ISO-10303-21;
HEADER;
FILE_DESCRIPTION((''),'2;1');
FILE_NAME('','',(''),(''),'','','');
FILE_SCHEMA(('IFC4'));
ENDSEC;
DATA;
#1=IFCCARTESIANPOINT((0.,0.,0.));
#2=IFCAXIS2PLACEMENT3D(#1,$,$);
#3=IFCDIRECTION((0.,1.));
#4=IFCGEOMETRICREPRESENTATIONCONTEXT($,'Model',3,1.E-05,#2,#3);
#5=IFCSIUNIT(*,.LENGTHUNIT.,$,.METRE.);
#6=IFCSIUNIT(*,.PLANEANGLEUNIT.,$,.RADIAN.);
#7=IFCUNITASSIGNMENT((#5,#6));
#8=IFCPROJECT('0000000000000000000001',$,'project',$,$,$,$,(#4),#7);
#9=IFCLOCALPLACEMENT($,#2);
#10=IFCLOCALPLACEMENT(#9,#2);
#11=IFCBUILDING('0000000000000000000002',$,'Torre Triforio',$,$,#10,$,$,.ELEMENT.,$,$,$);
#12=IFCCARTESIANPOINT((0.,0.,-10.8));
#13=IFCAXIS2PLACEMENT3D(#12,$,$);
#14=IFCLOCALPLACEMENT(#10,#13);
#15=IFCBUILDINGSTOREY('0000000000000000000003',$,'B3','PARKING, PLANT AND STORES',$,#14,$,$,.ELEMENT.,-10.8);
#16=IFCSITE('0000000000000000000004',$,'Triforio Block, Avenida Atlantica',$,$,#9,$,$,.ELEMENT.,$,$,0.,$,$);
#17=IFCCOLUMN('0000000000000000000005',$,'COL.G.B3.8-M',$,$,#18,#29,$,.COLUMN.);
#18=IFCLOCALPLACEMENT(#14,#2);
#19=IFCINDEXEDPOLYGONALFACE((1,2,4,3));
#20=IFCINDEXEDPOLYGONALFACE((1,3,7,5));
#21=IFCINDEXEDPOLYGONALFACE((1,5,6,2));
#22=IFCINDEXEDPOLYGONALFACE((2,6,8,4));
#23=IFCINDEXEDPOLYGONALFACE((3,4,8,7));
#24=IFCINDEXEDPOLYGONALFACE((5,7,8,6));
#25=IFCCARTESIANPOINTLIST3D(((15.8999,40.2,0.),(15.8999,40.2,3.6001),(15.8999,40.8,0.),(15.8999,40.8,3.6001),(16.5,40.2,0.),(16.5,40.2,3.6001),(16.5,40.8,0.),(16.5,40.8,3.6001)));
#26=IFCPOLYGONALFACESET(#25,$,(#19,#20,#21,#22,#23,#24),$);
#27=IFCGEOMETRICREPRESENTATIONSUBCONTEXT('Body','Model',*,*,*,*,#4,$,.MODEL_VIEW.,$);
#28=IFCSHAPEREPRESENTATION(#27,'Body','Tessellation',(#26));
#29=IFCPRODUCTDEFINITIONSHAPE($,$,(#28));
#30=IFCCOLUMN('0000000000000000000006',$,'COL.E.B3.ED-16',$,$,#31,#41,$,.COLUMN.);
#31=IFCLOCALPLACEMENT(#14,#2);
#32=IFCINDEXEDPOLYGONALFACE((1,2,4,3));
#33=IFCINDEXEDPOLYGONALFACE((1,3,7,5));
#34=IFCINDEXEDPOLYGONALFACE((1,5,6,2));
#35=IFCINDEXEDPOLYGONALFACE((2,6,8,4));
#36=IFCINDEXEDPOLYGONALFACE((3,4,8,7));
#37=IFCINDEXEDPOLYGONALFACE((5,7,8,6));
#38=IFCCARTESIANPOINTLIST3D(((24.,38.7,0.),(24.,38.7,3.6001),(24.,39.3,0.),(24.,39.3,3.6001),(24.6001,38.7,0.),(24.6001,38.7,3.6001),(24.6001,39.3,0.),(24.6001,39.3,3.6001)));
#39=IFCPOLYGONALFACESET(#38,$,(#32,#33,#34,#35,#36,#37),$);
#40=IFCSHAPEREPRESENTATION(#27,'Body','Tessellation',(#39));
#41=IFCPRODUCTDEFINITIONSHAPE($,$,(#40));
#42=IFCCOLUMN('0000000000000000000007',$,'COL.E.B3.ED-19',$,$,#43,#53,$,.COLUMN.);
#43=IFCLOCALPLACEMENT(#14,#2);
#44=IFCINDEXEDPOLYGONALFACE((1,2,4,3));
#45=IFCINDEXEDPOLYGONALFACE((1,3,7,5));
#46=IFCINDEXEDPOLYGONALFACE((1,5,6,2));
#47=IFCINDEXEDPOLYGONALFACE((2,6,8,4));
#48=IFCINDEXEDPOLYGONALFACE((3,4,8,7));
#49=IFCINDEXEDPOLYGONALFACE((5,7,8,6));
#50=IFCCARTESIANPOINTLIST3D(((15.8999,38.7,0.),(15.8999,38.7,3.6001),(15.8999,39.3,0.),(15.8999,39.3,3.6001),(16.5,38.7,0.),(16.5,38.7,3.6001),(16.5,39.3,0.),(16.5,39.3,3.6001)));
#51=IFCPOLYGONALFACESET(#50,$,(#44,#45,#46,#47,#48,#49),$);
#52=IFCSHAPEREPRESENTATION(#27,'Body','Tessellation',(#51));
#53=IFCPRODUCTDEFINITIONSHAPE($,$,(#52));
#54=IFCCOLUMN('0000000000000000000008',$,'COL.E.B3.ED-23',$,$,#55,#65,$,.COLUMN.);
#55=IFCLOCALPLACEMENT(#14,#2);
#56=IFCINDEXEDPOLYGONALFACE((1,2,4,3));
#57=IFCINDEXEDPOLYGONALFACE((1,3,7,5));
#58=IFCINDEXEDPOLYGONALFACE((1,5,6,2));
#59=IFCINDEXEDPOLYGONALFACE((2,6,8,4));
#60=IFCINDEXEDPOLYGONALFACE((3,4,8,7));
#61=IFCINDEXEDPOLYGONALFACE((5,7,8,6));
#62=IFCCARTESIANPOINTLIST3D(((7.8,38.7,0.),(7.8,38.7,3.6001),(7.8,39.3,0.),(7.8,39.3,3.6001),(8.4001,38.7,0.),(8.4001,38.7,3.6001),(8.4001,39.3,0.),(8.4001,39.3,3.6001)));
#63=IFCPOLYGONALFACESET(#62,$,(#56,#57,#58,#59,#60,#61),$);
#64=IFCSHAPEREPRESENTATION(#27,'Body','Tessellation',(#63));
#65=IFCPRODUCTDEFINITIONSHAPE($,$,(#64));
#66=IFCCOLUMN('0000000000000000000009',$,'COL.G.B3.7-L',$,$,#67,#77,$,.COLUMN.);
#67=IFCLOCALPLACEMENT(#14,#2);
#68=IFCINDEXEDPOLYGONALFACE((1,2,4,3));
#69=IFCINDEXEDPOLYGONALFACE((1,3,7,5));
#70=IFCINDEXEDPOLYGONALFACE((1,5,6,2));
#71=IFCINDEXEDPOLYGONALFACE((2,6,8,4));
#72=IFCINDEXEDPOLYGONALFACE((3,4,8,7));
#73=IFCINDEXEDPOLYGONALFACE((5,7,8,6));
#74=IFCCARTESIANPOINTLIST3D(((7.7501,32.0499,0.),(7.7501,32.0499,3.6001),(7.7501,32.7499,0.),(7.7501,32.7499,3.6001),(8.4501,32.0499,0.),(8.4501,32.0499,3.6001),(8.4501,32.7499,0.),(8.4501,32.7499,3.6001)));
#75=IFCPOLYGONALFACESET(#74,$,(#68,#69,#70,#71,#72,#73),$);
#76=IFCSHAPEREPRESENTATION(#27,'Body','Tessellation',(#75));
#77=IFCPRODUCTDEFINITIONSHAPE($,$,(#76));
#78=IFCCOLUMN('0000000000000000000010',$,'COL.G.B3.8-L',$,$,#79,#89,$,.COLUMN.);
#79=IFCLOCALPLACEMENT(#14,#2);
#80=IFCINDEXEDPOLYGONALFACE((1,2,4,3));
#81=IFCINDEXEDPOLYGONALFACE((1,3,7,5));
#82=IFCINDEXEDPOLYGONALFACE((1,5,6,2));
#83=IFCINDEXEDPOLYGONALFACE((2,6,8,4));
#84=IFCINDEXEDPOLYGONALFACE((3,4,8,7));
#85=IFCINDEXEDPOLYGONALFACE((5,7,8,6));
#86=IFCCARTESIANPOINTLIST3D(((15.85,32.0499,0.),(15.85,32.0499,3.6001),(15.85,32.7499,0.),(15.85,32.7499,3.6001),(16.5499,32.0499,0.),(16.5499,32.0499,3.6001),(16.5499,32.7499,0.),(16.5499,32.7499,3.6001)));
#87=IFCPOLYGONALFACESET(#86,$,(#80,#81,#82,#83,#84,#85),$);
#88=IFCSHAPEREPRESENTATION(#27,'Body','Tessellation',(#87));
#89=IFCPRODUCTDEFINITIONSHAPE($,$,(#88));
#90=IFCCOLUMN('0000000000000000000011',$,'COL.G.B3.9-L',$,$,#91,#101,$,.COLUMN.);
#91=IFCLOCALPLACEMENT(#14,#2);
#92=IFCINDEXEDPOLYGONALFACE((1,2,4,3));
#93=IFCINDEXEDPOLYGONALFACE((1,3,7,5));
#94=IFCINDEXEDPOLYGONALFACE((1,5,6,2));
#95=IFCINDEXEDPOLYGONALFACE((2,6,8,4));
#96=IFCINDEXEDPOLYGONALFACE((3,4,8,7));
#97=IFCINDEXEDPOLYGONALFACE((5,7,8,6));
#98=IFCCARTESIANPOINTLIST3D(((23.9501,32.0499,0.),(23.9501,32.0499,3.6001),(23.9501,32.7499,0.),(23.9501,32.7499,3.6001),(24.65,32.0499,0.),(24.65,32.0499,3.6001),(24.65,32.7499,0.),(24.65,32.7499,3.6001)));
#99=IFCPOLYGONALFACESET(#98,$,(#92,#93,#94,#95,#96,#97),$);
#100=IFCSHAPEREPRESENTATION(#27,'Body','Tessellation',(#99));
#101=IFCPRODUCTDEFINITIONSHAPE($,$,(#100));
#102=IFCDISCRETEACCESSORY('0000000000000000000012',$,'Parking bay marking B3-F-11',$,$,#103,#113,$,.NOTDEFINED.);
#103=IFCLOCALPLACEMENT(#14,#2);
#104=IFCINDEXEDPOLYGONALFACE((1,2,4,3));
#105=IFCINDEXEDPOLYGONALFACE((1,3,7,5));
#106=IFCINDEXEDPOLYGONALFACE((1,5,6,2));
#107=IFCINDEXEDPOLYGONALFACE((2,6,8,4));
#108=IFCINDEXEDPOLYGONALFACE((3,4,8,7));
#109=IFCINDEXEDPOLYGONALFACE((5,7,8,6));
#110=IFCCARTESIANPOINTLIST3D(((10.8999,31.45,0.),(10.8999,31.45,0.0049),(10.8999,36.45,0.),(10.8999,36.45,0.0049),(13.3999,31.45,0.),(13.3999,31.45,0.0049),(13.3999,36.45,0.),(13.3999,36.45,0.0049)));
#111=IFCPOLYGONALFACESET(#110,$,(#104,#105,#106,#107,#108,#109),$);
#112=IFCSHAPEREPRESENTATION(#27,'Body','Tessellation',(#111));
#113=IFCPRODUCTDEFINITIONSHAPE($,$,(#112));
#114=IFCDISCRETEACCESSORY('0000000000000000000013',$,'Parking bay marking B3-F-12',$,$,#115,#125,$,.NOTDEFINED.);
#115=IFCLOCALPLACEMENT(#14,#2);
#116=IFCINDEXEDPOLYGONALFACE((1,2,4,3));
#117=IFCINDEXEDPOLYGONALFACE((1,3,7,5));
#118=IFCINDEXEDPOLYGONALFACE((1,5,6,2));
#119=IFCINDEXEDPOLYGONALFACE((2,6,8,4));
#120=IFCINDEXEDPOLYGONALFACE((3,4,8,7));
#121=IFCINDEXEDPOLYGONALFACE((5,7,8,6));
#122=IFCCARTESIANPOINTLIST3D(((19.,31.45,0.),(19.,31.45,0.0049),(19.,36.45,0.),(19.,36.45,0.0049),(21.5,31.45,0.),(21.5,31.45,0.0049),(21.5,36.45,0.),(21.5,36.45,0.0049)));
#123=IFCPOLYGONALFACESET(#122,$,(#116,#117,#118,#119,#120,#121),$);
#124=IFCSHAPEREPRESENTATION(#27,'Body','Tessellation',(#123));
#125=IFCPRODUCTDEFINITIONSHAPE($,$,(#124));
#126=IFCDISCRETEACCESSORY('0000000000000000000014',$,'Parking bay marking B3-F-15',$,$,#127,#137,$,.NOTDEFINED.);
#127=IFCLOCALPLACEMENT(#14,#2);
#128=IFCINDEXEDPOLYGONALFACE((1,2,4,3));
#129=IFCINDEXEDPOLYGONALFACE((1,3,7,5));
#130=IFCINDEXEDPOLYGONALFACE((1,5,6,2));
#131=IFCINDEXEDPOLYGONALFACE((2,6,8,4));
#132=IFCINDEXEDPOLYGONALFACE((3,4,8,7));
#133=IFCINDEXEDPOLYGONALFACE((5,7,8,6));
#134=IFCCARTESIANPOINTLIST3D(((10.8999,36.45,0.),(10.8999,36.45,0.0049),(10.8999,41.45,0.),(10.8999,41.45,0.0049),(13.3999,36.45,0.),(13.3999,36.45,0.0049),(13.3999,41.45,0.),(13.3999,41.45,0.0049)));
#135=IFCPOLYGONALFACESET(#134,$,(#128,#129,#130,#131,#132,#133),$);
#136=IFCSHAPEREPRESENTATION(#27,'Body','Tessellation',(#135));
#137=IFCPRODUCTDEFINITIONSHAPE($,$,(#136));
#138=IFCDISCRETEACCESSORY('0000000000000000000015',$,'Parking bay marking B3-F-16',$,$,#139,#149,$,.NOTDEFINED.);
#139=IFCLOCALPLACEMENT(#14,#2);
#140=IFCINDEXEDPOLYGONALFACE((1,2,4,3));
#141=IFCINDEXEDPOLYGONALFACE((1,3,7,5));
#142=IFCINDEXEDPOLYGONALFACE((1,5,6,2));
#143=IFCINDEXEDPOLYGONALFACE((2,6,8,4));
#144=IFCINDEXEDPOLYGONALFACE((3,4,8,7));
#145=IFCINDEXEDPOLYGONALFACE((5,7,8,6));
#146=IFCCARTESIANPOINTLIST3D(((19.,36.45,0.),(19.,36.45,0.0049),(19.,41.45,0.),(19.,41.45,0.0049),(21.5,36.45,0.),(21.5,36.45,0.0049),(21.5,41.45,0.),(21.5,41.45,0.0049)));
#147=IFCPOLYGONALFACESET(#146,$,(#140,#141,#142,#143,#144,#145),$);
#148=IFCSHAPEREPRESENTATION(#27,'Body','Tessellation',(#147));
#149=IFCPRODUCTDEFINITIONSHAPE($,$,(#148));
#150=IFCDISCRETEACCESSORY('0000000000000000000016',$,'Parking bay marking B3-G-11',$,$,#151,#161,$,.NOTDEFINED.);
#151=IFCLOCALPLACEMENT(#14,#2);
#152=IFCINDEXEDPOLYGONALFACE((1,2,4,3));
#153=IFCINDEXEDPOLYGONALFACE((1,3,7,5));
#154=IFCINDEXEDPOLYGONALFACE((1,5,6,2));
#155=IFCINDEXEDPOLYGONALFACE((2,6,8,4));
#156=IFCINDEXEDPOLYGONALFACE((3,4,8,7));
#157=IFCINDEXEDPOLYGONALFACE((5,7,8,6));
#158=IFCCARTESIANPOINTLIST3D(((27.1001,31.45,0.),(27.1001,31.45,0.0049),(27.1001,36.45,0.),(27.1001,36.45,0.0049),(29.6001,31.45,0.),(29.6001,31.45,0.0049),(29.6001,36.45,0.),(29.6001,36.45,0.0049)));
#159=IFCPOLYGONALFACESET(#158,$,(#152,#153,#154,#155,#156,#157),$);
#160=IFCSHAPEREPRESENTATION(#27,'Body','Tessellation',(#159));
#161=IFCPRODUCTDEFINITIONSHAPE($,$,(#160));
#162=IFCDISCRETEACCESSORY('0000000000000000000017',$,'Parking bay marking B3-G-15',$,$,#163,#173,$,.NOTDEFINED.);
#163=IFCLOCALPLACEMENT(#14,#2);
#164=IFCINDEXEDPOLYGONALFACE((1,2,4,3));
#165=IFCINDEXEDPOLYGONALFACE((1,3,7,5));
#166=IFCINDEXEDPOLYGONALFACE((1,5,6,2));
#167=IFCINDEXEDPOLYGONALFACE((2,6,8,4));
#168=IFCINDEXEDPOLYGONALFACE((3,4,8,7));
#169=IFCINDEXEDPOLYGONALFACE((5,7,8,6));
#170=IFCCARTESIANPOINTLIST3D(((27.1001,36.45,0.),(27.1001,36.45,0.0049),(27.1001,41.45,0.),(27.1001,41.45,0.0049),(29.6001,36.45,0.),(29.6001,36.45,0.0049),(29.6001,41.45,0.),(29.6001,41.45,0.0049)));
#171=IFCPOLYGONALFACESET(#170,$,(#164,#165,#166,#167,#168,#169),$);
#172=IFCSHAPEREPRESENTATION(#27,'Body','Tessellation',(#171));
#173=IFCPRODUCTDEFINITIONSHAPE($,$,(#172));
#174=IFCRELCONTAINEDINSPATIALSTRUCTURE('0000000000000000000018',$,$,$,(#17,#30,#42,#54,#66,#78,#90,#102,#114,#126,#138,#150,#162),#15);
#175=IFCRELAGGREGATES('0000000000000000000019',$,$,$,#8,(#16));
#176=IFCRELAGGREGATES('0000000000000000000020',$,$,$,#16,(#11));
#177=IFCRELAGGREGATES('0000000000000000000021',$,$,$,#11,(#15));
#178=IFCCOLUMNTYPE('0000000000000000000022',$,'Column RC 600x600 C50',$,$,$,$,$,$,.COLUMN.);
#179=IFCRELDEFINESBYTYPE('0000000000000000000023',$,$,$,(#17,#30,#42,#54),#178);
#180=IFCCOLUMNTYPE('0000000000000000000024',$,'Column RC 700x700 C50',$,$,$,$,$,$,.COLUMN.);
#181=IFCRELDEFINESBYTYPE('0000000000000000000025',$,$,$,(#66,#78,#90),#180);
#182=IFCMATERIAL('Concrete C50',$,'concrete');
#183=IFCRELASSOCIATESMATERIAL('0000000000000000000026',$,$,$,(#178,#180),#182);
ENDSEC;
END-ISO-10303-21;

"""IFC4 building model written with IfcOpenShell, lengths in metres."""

from ifc_helpers import new_model, si_unit, direction, frame, origin, origin_2d, place, context, subcontext, project, spatial, rectangle, extrude, material, material_profile, profile_set, type_object, element, save


model = new_model("IFC4")

# Units and contexts
model_context = context("Model", 3, precision=1e-05, world=origin(), true_north=direction((0.0, 1.0)))
body_context = subcontext(model_context, "Body", "Model", "MODEL_VIEW")
ifc_project = project(units=[si_unit("LENGTHUNIT", "METRE"), si_unit("PLANEANGLEUNIT", "RADIAN")], contexts=[model_context])

# Site, building, storey
site_placement = place(None, origin())
site = spatial("IfcSite", under=ifc_project, at=site_placement, Name="Triforio Block, Avenida Atlantica", CompositionType="ELEMENT", RefElevation=0.0)
building_placement = place(site_placement, origin())
building = spatial("IfcBuilding", under=site, at=building_placement, Name="Torre Triforio", CompositionType="ELEMENT")
storey_placement = place(building_placement, frame((0.0, 0.0, -10.8)))
storey = spatial("IfcBuildingStorey", under=building, at=storey_placement, Name="B3", Description="PARKING, PLANT AND STORES", CompositionType="ELEMENT", Elevation=-10.8)

# Shared definitions
ifc_material_1 = material(Name="Concrete C50", Category="concrete")

# Columns
ifc_material_profile_1 = material_profile(ifc_material_1, rectangle(XDim=0.6001, YDim=0.6001, at=origin_2d()), Name="RC 600x600")
ifc_profile_set_1 = profile_set([ifc_material_profile_1], Name="Concrete C50")
column_type_1 = type_object("IfcColumnType", Name="Column RC 600x600 C50", PredefinedType="COLUMN", material=ifc_profile_set_1)
for number, where, z_axis, x_axis, name in (
    (1, (16.2, 40.5, 0.0), (0.0, 0.0, 1.0), (1.0, 0.0, 0.0), "COL.G.B3.8-M"),
    (2, (24.3, 39.0, 0.0), (0.0, 0.0, 1.0), (1.0, 0.0, 0.0), "COL.E.B3.ED-16"),
    (3, (16.2, 39.0, 0.0), (0.0, 0.0, 1.0), (1.0, 0.0, 0.0), "COL.E.B3.ED-19"),
    (4, (8.1001, 39.0, 0.0), (0.0, 0.0, 1.0), (1.0, 0.0, 0.0), "COL.E.B3.ED-23"),
):
    element("IfcColumn", number, at=place(storey_placement, frame(where, z_axis=z_axis, x_axis=x_axis)), inside=storey, type_object=column_type_1, Name=name, PredefinedType="COLUMN", context=body_context, shape_type="SweptSolid", body=[
        extrude(rectangle(XDim=0.6001, YDim=0.6001, at=origin_2d()), origin(), (0.0, 0.0, 1.0), 3.6001),
    ])
ifc_material_profile_2 = material_profile(ifc_material_1, rectangle(XDim=0.7, YDim=0.7, at=origin_2d()), Name="RC 700x700")
ifc_profile_set_2 = profile_set([ifc_material_profile_2], Name="Concrete C50")
column_type_2 = type_object("IfcColumnType", Name="Column RC 700x700 C50", PredefinedType="COLUMN", material=ifc_profile_set_2)
for number, where, z_axis, x_axis, name in (
    (5, (8.1001, 32.3999, 0.0), (0.0, 0.0, 1.0), (1.0, 0.0, 0.0), "COL.G.B3.7-L"),
    (6, (16.2, 32.3999, 0.0), (0.0, 0.0, 1.0), (1.0, 0.0, 0.0), "COL.G.B3.8-L"),
    (7, (24.3, 32.3999, 0.0), (0.0, 0.0, 1.0), (1.0, 0.0, 0.0), "COL.G.B3.9-L"),
):
    element("IfcColumn", number, at=place(storey_placement, frame(where, z_axis=z_axis, x_axis=x_axis)), inside=storey, type_object=column_type_2, Name=name, PredefinedType="COLUMN", context=body_context, shape_type="SweptSolid", body=[
        extrude(rectangle(XDim=0.7, YDim=0.7, at=origin_2d()), origin(), (0.0, 0.0, 1.0), 3.6001),
    ])

# Discrete accessories
for number, where, z_axis, x_axis, name in (
    (8, (12.1499, 33.95, 0.0), (0.0, 0.0, 1.0), (1.0, 0.0, 0.0), "Parking bay marking B3-F-11"),
    (9, (20.25, 33.95, 0.0), (0.0, 0.0, 1.0), (1.0, 0.0, 0.0), "Parking bay marking B3-F-12"),
    (10, (12.1499, 38.95, 0.0), (0.0, 0.0, 1.0), (1.0, 0.0, 0.0), "Parking bay marking B3-F-15"),
    (11, (20.25, 38.95, 0.0), (0.0, 0.0, 1.0), (1.0, 0.0, 0.0), "Parking bay marking B3-F-16"),
    (12, (28.3501, 33.95, 0.0), (0.0, 0.0, 1.0), (1.0, 0.0, 0.0), "Parking bay marking B3-G-11"),
    (13, (28.3501, 38.95, 0.0), (0.0, 0.0, 1.0), (1.0, 0.0, 0.0), "Parking bay marking B3-G-15"),
):
    element("IfcDiscreteAccessory", number, at=place(storey_placement, frame(where, z_axis=z_axis, x_axis=x_axis)), inside=storey, Name=name, PredefinedType="NOTDEFINED", context=body_context, shape_type="SweptSolid", body=[
        extrude(rectangle(XDim=2.5, YDim=5.0, at=origin_2d()), origin(), (0.0, 0.0, 1.0), 0.0049),
    ])

save(model, "model.ifc")
